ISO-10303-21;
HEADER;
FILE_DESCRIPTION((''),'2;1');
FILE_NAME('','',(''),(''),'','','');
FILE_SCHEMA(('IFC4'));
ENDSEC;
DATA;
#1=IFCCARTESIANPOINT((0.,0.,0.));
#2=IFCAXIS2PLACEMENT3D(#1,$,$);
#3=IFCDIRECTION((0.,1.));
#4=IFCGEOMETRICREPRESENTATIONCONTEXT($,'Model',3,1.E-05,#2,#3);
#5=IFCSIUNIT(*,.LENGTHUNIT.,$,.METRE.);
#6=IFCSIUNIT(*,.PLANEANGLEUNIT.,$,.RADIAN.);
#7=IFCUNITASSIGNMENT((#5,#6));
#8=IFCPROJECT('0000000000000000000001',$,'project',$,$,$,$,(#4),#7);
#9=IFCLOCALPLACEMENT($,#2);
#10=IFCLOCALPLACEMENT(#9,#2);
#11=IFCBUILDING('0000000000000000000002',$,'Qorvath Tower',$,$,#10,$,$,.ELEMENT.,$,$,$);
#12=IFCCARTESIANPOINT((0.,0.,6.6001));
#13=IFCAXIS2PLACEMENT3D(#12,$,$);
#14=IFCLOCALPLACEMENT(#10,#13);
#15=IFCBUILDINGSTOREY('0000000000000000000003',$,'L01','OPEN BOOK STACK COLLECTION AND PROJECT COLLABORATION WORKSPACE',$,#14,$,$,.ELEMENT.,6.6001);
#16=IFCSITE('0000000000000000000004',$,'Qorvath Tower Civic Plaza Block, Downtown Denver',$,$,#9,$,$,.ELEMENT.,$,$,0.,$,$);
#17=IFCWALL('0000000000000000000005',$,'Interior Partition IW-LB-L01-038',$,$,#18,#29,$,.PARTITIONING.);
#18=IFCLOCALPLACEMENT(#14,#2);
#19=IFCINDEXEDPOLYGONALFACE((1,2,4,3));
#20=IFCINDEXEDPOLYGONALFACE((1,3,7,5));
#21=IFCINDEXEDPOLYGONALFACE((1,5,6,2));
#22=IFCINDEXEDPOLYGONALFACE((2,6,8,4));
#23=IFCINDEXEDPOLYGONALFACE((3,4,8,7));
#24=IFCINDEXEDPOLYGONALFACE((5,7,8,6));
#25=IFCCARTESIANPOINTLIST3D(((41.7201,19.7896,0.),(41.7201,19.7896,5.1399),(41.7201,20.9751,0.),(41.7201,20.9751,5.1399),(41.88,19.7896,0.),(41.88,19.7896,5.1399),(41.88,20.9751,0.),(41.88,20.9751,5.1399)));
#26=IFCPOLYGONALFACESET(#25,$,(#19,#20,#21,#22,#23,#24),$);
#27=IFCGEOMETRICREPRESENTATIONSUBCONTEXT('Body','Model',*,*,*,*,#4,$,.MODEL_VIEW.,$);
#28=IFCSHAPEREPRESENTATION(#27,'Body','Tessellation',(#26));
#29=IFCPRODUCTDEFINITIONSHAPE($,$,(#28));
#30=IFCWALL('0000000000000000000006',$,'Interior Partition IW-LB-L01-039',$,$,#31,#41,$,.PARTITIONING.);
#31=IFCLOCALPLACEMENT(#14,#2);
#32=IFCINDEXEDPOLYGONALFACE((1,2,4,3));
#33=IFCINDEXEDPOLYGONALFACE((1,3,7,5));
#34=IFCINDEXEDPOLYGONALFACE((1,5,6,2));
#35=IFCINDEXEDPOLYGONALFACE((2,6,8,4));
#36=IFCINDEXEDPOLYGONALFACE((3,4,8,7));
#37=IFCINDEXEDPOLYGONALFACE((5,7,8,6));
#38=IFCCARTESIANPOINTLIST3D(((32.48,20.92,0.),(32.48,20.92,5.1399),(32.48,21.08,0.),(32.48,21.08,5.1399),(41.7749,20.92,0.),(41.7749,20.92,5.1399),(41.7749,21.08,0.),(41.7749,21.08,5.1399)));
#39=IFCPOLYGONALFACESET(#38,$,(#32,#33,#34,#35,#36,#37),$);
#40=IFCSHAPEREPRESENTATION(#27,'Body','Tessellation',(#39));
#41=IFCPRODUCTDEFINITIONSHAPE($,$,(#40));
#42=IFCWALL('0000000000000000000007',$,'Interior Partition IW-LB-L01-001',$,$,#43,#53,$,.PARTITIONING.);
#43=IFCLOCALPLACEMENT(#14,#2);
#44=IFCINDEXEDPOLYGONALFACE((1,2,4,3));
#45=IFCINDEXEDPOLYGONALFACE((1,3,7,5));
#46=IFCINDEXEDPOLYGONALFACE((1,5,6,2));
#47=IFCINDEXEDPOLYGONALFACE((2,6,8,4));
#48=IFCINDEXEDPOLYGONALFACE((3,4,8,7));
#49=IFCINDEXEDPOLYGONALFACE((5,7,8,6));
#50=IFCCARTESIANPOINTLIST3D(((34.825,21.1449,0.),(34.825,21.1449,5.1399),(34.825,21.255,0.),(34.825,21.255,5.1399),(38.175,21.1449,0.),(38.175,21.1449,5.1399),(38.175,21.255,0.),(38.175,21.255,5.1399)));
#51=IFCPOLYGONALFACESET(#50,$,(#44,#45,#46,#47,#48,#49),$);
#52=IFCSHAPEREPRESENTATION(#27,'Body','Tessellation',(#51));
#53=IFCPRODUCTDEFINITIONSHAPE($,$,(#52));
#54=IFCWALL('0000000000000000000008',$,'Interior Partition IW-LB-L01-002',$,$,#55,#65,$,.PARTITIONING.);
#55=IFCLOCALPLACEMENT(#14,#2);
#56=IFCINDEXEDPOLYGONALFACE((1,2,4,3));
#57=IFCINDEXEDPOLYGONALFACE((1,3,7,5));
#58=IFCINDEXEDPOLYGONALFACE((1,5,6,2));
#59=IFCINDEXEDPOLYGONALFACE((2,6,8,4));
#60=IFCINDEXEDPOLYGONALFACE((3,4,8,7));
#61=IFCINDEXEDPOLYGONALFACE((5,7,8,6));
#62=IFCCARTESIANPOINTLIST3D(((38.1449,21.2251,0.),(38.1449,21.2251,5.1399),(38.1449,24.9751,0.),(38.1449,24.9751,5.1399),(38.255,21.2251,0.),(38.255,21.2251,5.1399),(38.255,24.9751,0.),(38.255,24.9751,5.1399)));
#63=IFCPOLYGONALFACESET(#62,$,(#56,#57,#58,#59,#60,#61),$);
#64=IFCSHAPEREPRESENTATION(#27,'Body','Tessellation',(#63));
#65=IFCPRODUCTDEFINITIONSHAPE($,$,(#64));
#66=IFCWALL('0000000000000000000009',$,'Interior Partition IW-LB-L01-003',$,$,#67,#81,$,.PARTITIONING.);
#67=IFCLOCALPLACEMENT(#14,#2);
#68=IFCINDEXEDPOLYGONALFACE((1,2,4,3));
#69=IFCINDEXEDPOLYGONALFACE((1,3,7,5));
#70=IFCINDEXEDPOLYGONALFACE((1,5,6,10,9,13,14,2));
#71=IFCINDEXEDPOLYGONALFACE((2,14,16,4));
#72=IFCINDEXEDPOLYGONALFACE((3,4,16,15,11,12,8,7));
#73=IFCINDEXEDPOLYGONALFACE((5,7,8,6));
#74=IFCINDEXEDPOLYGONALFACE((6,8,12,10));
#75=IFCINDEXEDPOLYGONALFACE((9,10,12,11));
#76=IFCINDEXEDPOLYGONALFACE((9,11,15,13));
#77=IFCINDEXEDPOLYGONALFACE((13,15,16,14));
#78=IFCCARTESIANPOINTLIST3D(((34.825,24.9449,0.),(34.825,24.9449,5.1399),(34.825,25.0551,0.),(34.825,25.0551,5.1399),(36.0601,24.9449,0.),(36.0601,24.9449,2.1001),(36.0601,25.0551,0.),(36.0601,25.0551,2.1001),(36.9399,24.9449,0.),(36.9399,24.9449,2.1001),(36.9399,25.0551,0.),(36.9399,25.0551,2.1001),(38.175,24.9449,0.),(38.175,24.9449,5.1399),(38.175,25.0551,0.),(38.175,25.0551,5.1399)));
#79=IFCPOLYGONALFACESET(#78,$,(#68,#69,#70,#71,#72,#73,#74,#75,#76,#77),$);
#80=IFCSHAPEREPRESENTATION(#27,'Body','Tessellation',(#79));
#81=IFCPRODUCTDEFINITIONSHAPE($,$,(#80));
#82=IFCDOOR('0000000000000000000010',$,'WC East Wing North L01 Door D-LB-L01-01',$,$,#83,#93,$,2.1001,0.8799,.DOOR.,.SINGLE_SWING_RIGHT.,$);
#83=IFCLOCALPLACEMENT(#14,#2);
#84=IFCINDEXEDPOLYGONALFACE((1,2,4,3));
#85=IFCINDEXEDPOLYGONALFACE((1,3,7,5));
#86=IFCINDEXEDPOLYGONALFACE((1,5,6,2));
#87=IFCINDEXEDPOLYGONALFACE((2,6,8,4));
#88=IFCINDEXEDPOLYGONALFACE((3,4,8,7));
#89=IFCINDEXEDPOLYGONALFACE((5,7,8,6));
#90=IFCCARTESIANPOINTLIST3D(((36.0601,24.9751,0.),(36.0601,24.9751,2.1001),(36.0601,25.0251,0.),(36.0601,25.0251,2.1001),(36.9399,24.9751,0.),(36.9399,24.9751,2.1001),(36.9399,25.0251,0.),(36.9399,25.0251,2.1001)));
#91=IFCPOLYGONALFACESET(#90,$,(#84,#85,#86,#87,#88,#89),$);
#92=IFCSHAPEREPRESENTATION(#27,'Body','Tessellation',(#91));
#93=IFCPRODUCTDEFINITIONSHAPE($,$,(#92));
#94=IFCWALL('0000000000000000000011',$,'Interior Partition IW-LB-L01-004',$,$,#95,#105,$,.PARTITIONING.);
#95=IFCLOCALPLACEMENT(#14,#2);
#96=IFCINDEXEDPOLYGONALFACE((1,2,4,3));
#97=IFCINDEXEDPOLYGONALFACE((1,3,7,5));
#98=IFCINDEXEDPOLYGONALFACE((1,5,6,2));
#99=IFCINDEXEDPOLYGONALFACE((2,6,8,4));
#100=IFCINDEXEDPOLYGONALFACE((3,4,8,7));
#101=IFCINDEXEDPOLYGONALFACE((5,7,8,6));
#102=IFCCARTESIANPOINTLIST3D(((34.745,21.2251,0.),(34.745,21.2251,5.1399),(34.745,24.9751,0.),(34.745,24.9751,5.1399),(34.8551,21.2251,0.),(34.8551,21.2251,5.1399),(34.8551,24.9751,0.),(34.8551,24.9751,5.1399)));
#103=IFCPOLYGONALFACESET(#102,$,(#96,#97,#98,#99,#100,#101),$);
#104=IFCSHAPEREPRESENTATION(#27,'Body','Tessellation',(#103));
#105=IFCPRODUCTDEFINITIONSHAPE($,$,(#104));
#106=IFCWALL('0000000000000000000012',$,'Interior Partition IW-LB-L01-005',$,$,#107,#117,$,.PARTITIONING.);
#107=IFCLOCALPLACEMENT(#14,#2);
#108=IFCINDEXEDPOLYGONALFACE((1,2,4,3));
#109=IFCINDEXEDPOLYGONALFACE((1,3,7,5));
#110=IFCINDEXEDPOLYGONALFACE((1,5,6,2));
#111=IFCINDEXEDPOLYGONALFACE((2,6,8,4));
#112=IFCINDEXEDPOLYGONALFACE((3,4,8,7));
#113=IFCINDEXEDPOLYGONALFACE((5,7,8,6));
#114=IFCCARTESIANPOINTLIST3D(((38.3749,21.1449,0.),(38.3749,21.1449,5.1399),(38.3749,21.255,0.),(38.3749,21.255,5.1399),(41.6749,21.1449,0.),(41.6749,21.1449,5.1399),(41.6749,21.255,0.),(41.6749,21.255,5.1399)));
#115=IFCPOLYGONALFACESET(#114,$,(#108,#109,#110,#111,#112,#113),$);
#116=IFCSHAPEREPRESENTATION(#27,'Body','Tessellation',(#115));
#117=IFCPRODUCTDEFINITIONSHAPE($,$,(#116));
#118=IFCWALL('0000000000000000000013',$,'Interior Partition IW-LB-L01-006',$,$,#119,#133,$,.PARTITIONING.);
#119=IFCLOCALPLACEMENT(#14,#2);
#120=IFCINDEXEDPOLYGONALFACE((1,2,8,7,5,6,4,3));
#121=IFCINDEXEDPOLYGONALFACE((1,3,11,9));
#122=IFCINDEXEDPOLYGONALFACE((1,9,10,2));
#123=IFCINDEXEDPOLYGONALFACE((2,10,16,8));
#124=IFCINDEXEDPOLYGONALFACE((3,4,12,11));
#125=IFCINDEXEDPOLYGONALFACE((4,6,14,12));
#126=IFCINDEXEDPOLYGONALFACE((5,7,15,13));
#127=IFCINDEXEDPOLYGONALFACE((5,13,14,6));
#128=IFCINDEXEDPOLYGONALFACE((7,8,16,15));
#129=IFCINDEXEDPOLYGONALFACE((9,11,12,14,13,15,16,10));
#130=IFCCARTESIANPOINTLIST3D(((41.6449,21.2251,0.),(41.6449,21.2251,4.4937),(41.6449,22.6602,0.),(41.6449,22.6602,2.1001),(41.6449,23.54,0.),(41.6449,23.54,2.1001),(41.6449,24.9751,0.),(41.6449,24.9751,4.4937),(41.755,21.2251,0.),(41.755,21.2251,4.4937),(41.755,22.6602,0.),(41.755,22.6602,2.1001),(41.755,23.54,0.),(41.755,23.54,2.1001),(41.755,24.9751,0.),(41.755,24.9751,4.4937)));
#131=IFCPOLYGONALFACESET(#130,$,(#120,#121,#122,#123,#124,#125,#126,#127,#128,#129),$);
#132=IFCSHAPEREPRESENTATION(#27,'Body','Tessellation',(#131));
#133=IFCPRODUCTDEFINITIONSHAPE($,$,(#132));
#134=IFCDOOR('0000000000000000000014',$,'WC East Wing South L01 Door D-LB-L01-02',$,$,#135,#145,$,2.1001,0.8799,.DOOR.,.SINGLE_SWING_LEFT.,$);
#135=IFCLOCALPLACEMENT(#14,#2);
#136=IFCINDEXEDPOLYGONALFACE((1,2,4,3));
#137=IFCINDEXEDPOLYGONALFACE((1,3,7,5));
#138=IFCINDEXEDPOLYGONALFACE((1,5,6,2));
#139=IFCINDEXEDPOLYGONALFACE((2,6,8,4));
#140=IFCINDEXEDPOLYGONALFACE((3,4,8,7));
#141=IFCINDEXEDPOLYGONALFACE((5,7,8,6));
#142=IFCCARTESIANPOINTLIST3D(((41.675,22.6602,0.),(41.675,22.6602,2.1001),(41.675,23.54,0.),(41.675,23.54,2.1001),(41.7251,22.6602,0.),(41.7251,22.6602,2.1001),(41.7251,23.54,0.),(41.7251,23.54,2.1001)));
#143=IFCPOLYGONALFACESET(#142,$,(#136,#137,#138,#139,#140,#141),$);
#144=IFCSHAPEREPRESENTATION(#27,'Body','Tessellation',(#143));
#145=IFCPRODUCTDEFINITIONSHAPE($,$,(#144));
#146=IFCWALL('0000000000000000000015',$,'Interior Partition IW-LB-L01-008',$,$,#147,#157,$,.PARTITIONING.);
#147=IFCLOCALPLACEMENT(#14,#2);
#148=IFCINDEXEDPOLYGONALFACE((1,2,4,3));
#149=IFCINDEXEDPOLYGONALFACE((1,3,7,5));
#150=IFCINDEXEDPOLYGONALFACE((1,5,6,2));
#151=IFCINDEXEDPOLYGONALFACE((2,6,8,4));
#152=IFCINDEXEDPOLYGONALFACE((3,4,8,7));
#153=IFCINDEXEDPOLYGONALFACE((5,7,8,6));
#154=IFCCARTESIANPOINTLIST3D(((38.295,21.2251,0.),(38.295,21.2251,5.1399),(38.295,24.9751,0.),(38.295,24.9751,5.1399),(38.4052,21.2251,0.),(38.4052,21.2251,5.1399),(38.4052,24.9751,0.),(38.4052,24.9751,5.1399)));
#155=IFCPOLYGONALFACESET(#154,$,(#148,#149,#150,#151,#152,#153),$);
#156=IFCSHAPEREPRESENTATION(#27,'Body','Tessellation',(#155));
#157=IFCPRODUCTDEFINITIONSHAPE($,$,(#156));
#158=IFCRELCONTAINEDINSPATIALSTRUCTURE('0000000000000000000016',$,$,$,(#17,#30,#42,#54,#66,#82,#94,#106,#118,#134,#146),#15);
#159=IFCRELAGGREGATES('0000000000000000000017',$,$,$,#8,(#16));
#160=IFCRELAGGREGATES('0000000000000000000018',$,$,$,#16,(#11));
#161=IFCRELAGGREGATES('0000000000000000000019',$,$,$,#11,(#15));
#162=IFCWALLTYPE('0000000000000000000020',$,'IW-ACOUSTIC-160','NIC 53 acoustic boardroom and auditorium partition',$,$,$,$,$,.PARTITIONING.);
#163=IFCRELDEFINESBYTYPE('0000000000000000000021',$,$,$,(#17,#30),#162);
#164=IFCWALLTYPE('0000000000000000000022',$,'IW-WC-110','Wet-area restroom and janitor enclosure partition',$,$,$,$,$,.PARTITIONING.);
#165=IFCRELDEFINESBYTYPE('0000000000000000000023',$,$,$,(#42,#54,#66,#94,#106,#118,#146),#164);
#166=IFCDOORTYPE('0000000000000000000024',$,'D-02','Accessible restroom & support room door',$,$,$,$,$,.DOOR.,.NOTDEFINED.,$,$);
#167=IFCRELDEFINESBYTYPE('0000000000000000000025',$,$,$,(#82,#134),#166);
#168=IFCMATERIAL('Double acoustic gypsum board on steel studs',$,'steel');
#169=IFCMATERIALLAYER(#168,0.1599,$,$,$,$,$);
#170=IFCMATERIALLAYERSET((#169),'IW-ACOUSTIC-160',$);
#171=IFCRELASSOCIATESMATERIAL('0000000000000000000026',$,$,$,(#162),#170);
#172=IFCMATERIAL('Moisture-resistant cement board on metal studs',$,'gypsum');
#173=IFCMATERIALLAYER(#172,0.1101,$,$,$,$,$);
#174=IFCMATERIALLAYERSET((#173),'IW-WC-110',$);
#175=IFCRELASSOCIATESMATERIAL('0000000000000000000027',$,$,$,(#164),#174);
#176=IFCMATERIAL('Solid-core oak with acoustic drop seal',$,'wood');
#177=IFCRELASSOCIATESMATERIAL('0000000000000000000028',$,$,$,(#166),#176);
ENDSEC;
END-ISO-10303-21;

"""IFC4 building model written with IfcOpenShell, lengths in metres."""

from ifc_helpers import new_model, si_unit, direction, frame, frame_2d, origin, place, context, subcontext, project, spatial, rectangle, extrude, material, layer, layer_set, type_object, element, fill, save


model = new_model("IFC4")

# Units and contexts
model_context = context("Model", 3, precision=1e-05, world=origin(), true_north=direction((0.0, 1.0)))
body_context = subcontext(model_context, "Body", "Model", "MODEL_VIEW")
ifc_project = project(units=[si_unit("LENGTHUNIT", "METRE"), si_unit("PLANEANGLEUNIT", "RADIAN")], contexts=[model_context])

# Site, building, storey
site_placement = place(None, origin())
site = spatial("IfcSite", under=ifc_project, at=site_placement, Name="Qorvath Tower Civic Plaza Block, Downtown Denver", CompositionType="ELEMENT", RefElevation=0.0)
building_placement = place(site_placement, origin())
building = spatial("IfcBuilding", under=site, at=building_placement, Name="Qorvath Tower", CompositionType="ELEMENT")
storey_placement = place(building_placement, frame((0.0, 0.0, 6.6001)))
storey = spatial("IfcBuildingStorey", under=building, at=storey_placement, Name="L01", Description="OPEN BOOK STACK COLLECTION AND PROJECT COLLABORATION WORKSPACE", CompositionType="ELEMENT", Elevation=6.6001)

# Walls
ifc_material_1 = material(Name="Double acoustic gypsum board on steel studs", Category="steel")
ifc_layer_1 = layer(ifc_material_1, 0.1599)
ifc_layer_set_1 = layer_set([ifc_layer_1], Name="IW-ACOUSTIC-160")
wall_type_1 = type_object("IfcWallType", Name="IW-ACOUSTIC-160", Description="NIC 53 acoustic boardroom and auditorium partition", PredefinedType="PARTITIONING", material=ifc_layer_set_1)
wall_1_placement = place(storey_placement, frame((41.8, 19.7896, 0.0), z_axis=(0.0, 0.0, 1.0), x_axis=(0.0, 1.0, 0.0)))
element("IfcWall", 1, at=wall_1_placement, inside=storey, type_object=wall_type_1, Name="Interior Partition IW-LB-L01-038", PredefinedType="PARTITIONING", context=body_context, shape_type="SweptSolid", body=[
    extrude(rectangle(XDim=1.1855, YDim=0.1599, at=frame_2d((0.5928, 0.0))), origin(), (0.0, 0.0, 1.0), 5.1399),
])
wall_2_placement = place(storey_placement, frame((41.7749, 21.0, 0.0), z_axis=(0.0, 0.0, 1.0), x_axis=(-1.0, 0.0, 0.0)))
element("IfcWall", 2, at=wall_2_placement, inside=storey, type_object=wall_type_1, Name="Interior Partition IW-LB-L01-039", PredefinedType="PARTITIONING", context=body_context, shape_type="SweptSolid", body=[
    extrude(rectangle(XDim=9.2949, YDim=0.1599, at=frame_2d((4.6475, 0.0))), origin(), (0.0, 0.0, 1.0), 5.1399),
])
ifc_material_2 = material(Name="Moisture-resistant cement board on metal studs", Category="gypsum")
ifc_layer_2 = layer(ifc_material_2, 0.1101)
ifc_layer_set_2 = layer_set([ifc_layer_2], Name="IW-WC-110")
wall_type_2 = type_object("IfcWallType", Name="IW-WC-110", Description="Wet-area restroom and janitor enclosure partition", PredefinedType="PARTITIONING", material=ifc_layer_set_2)
wall_3_placement = place(storey_placement, frame((34.825, 21.2, 0.0), z_axis=(0.0, 0.0, 1.0), x_axis=(1.0, 0.0, 0.0)))
element("IfcWall", 3, at=wall_3_placement, inside=storey, type_object=wall_type_2, Name="Interior Partition IW-LB-L01-001", PredefinedType="PARTITIONING", context=body_context, shape_type="SweptSolid", body=[
    extrude(rectangle(XDim=3.3501, YDim=0.1101, at=frame_2d((1.675, 0.0))), origin(), (0.0, 0.0, 1.0), 5.1399),
])
wall_4_placement = place(storey_placement, frame((38.2, 21.2251, 0.0), z_axis=(0.0, 0.0, 1.0), x_axis=(0.0, 1.0, 0.0)))
element("IfcWall", 4, at=wall_4_placement, inside=storey, type_object=wall_type_2, Name="Interior Partition IW-LB-L01-002", PredefinedType="PARTITIONING", context=body_context, shape_type="SweptSolid", body=[
    extrude(rectangle(XDim=3.75, YDim=0.1101, at=frame_2d((1.875, 0.0))), origin(), (0.0, 0.0, 1.0), 5.1399),
])

# Wall, opening, door
wall_5_placement = place(storey_placement, frame((38.175, 25.0, 0.0), z_axis=(0.0, 0.0, 1.0), x_axis=(-1.0, 0.0, 0.0)))
wall_5 = element("IfcWall", 5, at=wall_5_placement, inside=storey, type_object=wall_type_2, Name="Interior Partition IW-LB-L01-003", PredefinedType="PARTITIONING", context=body_context, shape_type="SweptSolid", body=[
    extrude(rectangle(XDim=3.3501, YDim=0.1101, at=frame_2d((1.675, 0.0))), origin(), (0.0, 0.0, 1.0), 5.1399),
])
opening_1_placement = place(wall_5_placement, frame((1.2351, 0.0, 0.0)))
opening_1 = element("IfcOpeningElement", 6, at=opening_1_placement, cuts=wall_5, PredefinedType="OPENING", context=body_context, shape_type="SweptSolid", body=[
    extrude(rectangle(XDim=0.8799, YDim=2.1001, at=frame_2d((0.4399, 1.05))), frame((0.0, 0.0649, 0.0), z_axis=(0.0, -1.0, 0.0), x_axis=(1.0, 0.0, 0.0)), (0.0, 0.0, 1.0), 0.1301),
])
ifc_material_3 = material(Name="Solid-core oak with acoustic drop seal", Category="wood")
door_type = type_object("IfcDoorType", Name="D-02", Description="Accessible restroom & support room door", OperationType="NOTDEFINED", PredefinedType="DOOR", material=ifc_material_3)
door_1_placement = place(opening_1_placement, origin())
door_1 = element("IfcDoor", 7, at=door_1_placement, inside=storey, type_object=door_type, Name="WC East Wing North L01 Door D-LB-L01-01", OperationType="SINGLE_SWING_RIGHT", OverallHeight=2.1001, OverallWidth=0.8799, PredefinedType="DOOR", context=body_context, shape_type="SweptSolid", body=[
    extrude(rectangle(XDim=0.8799, YDim=2.1001, at=frame_2d((0.4399, 1.05))), frame((0.0, 0.0249, 0.0), z_axis=(0.0, -1.0, 0.0), x_axis=(1.0, 0.0, 0.0)), (0.0, 0.0, 1.0), 0.05),
])
fill(opening_1, door_1)

# Walls
wall_6_placement = place(storey_placement, frame((34.8, 24.9751, 0.0), z_axis=(0.0, 0.0, 1.0), x_axis=(0.0, -1.0, 0.0)))
element("IfcWall", 8, at=wall_6_placement, inside=storey, type_object=wall_type_2, Name="Interior Partition IW-LB-L01-004", PredefinedType="PARTITIONING", context=body_context, shape_type="SweptSolid", body=[
    extrude(rectangle(XDim=3.75, YDim=0.1101, at=frame_2d((1.875, 0.0))), origin(), (0.0, 0.0, 1.0), 5.1399),
])
wall_7_placement = place(storey_placement, frame((38.375, 21.2, 0.0), z_axis=(0.0, 0.0, 1.0), x_axis=(1.0, 0.0, 0.0)))
element("IfcWall", 9, at=wall_7_placement, inside=storey, type_object=wall_type_2, Name="Interior Partition IW-LB-L01-005", PredefinedType="PARTITIONING", context=body_context, shape_type="SweptSolid", body=[
    extrude(rectangle(XDim=3.3, YDim=0.1101, at=frame_2d((1.6499, 0.0))), origin(), (0.0, 0.0, 1.0), 5.1399),
])

# Wall, opening, door
wall_8_placement = place(storey_placement, frame((41.7, 21.2251, 0.0), z_axis=(0.0, 0.0, 1.0), x_axis=(0.0, 1.0, 0.0)))
wall_8 = element("IfcWall", 10, at=wall_8_placement, inside=storey, type_object=wall_type_2, Name="Interior Partition IW-LB-L01-006", PredefinedType="PARTITIONING", context=body_context, shape_type="SweptSolid", body=[
    extrude(rectangle(XDim=3.75, YDim=0.1101, at=frame_2d((1.875, 0.0))), origin(), (0.0, 0.0, 1.0), 4.4937),
])
opening_2_placement = place(wall_8_placement, frame((1.4351, 0.0, 0.0)))
opening_2 = element("IfcOpeningElement", 11, at=opening_2_placement, cuts=wall_8, PredefinedType="OPENING", context=body_context, shape_type="SweptSolid", body=[
    extrude(rectangle(XDim=0.8799, YDim=2.1001, at=frame_2d((0.4399, 1.05))), frame((0.0, 0.0649, 0.0), z_axis=(0.0, -1.0, 0.0), x_axis=(1.0, 0.0, 0.0)), (0.0, 0.0, 1.0), 0.1301),
])
door_2_placement = place(opening_2_placement, origin())
door_2 = element("IfcDoor", 12, at=door_2_placement, inside=storey, type_object=door_type, Name="WC East Wing South L01 Door D-LB-L01-02", OperationType="SINGLE_SWING_LEFT", OverallHeight=2.1001, OverallWidth=0.8799, PredefinedType="DOOR", context=body_context, shape_type="SweptSolid", body=[
    extrude(rectangle(XDim=0.8799, YDim=2.1001, at=frame_2d((0.4399, 1.05))), frame((0.0, 0.0249, 0.0), z_axis=(0.0, -1.0, 0.0), x_axis=(1.0, 0.0, 0.0)), (0.0, 0.0, 1.0), 0.05),
])
fill(opening_2, door_2)

# Wall
wall_9_placement = place(storey_placement, frame((38.3501, 24.9751, 0.0), z_axis=(0.0, 0.0, 1.0), x_axis=(0.0, -1.0, 0.0)))
element("IfcWall", 13, at=wall_9_placement, inside=storey, type_object=wall_type_2, Name="Interior Partition IW-LB-L01-008", PredefinedType="PARTITIONING", context=body_context, shape_type="SweptSolid", body=[
    extrude(rectangle(XDim=3.75, YDim=0.1101, at=frame_2d((1.875, 0.0))), origin(), (0.0, 0.0, 1.0), 5.1399),
])

save(model, "model.ifc")
